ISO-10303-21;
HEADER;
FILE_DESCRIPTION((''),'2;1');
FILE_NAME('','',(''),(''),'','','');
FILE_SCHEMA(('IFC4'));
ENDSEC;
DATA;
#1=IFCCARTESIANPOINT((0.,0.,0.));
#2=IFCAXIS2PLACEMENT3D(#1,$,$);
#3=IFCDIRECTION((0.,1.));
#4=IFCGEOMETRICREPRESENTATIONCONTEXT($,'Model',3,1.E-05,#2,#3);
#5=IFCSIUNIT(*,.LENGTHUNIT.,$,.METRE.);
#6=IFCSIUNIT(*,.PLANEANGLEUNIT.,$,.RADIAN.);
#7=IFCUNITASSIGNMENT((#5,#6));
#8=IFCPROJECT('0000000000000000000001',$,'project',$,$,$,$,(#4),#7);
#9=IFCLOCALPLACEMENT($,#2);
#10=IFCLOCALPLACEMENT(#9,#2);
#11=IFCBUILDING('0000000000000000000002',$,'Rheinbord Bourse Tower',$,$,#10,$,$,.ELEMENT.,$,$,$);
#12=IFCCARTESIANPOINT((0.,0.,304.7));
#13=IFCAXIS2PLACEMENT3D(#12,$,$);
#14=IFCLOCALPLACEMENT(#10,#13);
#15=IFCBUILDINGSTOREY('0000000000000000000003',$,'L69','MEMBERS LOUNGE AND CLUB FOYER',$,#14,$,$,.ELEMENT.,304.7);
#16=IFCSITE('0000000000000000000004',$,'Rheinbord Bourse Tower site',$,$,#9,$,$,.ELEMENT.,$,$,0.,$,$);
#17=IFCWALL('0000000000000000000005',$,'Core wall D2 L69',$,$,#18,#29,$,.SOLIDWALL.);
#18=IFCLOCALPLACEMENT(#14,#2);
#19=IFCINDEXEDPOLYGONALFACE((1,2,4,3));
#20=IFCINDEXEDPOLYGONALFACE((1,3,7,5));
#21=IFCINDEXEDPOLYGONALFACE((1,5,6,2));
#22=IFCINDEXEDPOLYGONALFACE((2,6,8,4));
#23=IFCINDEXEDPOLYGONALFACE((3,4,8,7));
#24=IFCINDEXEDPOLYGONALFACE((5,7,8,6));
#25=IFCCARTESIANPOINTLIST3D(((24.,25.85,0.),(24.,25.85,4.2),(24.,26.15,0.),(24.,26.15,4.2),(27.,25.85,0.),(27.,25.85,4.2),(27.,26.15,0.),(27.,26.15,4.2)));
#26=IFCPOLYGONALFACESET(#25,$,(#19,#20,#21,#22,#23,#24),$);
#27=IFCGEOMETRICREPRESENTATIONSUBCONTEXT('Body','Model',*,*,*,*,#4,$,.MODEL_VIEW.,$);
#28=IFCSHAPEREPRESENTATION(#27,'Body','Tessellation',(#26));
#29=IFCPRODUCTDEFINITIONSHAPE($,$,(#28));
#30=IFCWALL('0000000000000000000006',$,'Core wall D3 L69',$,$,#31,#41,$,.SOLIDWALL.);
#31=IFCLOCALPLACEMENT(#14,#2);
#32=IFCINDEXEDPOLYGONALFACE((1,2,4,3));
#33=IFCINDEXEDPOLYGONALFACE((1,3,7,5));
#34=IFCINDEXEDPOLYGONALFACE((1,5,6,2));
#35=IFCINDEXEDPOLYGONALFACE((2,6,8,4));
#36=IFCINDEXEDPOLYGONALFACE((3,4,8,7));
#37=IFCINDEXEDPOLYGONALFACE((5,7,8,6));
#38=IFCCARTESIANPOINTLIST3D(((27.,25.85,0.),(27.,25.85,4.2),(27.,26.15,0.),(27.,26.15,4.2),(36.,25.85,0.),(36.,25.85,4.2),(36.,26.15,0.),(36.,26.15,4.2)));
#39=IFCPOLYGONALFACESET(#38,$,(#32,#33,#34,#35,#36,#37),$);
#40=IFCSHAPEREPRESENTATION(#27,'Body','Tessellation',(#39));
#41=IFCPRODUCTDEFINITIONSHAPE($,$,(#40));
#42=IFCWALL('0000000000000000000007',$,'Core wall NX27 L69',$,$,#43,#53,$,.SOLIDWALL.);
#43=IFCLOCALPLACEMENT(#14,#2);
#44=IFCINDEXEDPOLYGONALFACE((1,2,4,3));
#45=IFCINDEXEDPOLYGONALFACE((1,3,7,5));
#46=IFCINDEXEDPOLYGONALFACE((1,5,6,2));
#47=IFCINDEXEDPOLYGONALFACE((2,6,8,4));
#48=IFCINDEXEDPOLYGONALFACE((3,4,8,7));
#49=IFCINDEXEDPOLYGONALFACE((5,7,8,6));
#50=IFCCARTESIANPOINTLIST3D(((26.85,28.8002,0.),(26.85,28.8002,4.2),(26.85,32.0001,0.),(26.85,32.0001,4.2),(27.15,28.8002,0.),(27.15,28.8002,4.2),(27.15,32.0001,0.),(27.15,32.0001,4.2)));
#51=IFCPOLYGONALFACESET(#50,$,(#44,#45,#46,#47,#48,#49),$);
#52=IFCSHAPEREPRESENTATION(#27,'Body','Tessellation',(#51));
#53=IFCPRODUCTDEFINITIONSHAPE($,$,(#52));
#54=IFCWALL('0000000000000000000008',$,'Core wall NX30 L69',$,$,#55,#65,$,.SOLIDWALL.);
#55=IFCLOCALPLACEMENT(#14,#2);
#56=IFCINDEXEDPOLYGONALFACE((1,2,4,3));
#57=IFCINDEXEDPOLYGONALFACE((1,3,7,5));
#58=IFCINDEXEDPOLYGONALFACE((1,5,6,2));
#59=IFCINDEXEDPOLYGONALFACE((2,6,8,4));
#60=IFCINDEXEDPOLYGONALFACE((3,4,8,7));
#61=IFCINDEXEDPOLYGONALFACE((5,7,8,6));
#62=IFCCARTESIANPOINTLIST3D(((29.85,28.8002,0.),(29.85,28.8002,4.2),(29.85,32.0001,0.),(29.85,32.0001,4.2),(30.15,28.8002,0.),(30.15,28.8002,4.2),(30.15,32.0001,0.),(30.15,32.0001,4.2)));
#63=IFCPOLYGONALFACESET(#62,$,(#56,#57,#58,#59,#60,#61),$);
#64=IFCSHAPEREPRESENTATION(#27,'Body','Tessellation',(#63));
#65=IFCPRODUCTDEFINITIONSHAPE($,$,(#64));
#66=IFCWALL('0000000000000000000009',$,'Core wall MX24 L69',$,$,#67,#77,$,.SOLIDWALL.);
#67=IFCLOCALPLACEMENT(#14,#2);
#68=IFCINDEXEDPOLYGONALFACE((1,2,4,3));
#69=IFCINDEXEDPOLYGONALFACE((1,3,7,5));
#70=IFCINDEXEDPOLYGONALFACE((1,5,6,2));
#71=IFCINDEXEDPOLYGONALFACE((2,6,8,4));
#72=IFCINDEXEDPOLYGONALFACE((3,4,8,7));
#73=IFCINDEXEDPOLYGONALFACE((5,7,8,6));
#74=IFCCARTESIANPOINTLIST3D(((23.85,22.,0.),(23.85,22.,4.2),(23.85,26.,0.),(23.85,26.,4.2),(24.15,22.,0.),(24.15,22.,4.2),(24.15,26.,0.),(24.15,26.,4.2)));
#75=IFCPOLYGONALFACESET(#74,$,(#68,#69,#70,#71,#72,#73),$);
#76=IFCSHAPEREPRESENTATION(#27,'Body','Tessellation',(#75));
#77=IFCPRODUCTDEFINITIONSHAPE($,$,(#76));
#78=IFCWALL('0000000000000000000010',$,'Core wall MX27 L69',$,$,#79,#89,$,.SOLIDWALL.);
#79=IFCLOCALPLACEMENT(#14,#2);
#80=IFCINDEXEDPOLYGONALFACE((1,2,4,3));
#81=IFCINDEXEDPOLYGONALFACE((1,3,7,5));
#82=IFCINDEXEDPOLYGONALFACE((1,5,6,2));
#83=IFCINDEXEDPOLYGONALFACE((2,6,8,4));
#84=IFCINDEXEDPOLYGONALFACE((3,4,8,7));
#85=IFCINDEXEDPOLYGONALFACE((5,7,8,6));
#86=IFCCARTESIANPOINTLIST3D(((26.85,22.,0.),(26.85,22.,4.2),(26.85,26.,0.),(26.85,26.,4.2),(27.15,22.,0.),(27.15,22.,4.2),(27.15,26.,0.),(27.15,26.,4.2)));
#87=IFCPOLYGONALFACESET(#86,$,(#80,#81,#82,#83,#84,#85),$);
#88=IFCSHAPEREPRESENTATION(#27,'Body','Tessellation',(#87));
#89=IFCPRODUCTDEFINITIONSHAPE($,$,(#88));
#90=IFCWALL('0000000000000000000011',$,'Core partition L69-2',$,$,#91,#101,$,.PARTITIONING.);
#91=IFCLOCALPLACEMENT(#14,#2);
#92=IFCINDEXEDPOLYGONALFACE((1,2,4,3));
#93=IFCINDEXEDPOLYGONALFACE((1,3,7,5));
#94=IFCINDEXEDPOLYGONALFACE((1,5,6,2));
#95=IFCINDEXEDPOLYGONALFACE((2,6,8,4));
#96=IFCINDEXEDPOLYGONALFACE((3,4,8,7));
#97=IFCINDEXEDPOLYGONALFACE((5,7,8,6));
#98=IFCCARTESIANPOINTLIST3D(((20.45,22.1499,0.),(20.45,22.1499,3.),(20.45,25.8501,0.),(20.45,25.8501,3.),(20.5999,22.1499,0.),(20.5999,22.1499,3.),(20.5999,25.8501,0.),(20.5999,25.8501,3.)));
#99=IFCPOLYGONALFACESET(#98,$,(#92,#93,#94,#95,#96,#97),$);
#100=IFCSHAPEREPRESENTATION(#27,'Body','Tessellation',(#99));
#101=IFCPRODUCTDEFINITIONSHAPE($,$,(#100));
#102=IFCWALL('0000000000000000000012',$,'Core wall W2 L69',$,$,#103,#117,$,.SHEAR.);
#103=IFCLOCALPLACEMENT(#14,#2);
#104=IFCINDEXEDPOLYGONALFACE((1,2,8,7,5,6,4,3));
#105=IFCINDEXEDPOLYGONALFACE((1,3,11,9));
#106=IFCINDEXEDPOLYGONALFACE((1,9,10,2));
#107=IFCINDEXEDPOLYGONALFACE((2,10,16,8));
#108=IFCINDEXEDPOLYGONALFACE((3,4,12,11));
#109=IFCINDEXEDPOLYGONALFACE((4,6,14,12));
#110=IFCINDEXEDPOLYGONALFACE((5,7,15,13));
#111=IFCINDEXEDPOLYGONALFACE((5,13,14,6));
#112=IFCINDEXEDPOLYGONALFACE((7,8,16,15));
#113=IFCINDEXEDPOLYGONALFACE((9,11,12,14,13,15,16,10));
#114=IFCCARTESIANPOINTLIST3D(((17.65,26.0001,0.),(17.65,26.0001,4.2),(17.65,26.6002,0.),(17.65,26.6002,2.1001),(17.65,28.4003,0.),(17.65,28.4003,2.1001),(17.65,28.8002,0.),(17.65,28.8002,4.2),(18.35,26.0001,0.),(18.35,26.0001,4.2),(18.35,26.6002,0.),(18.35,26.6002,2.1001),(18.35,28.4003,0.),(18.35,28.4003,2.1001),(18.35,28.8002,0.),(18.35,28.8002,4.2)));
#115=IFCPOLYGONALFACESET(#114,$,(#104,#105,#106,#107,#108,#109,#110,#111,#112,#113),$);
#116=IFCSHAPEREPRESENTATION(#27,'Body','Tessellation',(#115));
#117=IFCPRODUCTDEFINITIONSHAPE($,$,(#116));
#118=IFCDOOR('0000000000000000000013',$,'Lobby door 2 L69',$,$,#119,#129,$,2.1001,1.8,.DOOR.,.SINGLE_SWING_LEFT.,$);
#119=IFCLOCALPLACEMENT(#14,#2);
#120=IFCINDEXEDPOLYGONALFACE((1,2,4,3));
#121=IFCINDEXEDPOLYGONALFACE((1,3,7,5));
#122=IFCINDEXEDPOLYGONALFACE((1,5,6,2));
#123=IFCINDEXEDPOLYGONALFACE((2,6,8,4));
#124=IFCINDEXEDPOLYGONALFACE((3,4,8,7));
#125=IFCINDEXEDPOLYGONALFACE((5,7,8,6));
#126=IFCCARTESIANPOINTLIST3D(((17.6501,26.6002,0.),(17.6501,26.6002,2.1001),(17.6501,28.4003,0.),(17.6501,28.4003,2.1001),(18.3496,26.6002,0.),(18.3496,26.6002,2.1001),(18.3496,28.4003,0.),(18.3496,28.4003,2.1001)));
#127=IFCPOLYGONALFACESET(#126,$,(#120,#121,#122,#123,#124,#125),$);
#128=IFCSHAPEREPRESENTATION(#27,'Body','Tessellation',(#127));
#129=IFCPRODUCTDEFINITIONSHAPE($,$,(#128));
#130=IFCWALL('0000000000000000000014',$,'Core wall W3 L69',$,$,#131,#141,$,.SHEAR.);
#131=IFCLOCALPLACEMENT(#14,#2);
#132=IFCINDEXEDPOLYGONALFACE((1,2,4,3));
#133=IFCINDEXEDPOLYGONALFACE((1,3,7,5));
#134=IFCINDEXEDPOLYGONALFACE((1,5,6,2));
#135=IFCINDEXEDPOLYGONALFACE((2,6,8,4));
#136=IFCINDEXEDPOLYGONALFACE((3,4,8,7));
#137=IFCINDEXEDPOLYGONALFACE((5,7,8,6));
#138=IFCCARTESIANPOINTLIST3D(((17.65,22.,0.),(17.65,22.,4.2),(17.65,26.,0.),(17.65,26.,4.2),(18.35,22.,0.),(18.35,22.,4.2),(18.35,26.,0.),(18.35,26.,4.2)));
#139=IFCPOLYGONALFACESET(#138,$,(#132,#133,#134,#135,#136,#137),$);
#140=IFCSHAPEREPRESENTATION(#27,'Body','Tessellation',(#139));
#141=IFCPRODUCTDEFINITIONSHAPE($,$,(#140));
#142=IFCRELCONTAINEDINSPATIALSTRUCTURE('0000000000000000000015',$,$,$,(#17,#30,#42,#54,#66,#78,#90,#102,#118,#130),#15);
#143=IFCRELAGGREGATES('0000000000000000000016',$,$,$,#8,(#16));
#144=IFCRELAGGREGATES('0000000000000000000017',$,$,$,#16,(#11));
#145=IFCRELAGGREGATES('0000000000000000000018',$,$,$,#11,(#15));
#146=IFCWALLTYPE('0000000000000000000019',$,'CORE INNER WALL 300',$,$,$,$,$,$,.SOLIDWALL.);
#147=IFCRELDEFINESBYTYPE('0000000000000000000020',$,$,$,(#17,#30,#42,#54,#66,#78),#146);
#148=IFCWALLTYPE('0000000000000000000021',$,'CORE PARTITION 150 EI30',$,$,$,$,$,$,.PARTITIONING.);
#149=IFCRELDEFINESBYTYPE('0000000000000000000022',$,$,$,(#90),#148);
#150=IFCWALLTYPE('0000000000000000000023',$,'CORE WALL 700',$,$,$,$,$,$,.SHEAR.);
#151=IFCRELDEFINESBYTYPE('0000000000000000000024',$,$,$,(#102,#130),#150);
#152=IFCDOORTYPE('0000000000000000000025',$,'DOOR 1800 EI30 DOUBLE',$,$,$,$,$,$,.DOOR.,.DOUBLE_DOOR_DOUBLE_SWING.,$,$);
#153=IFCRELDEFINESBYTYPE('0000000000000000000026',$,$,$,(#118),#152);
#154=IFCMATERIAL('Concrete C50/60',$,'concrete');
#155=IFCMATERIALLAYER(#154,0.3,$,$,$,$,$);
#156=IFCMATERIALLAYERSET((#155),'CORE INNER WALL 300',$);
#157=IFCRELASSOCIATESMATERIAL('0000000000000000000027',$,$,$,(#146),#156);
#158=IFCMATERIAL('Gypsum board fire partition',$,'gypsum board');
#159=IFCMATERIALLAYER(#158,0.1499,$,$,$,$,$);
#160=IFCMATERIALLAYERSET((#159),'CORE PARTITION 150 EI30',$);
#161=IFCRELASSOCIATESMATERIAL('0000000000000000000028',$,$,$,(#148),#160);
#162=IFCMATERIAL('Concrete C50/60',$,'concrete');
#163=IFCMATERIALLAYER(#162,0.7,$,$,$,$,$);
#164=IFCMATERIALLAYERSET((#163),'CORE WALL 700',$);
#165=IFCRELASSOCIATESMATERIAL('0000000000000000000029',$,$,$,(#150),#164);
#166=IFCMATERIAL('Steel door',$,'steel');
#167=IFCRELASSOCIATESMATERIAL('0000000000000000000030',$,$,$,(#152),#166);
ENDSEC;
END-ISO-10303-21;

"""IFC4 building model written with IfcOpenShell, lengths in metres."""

from ifc_helpers import new_model, si_unit, direction, frame, frame_2d, origin, place, context, subcontext, project, spatial, rectangle, extrude, material, layer, layer_set, type_object, element, fill, save


model = new_model("IFC4")

# Units and contexts
model_context = context("Model", 3, precision=1e-05, world=origin(), true_north=direction((0.0, 1.0)))
body_context = subcontext(model_context, "Body", "Model", "MODEL_VIEW")
ifc_project = project(units=[si_unit("LENGTHUNIT", "METRE"), si_unit("PLANEANGLEUNIT", "RADIAN")], contexts=[model_context])

# Site, building, storey
site_placement = place(None, origin())
site = spatial("IfcSite", under=ifc_project, at=site_placement, Name="Rheinbord Bourse Tower site", CompositionType="ELEMENT", RefElevation=0.0)
building_placement = place(site_placement, origin())
building = spatial("IfcBuilding", under=site, at=building_placement, Name="Rheinbord Bourse Tower", CompositionType="ELEMENT")
storey_placement = place(building_placement, frame((0.0, 0.0, 304.7)))
storey = spatial("IfcBuildingStorey", under=building, at=storey_placement, Name="L69", Description="MEMBERS LOUNGE AND CLUB FOYER", CompositionType="ELEMENT", Elevation=304.7)

# Shared definitions
ifc_material_1 = material(Name="Concrete C50/60", Category="concrete")
ifc_layer_1 = layer(ifc_material_1, 0.3)
ifc_layer_set_1 = layer_set([ifc_layer_1], Name="CORE INNER WALL 300")
wall_type_1 = type_object("IfcWallType", Name="CORE INNER WALL 300", PredefinedType="SOLIDWALL", material=ifc_layer_set_1)

# Walls
wall_1_placement = place(storey_placement, frame((24.0, 26.0, 0.0), z_axis=(0.0, 0.0, 1.0), x_axis=(1.0, 0.0, 0.0)))
element("IfcWall", 1, at=wall_1_placement, inside=storey, type_object=wall_type_1, Name="Core wall D2 L69", PredefinedType="SOLIDWALL", context=body_context, shape_type="SweptSolid", body=[
    extrude(rectangle(XDim=3.0, YDim=0.3, at=frame_2d((1.5, 0.0))), origin(), (0.0, 0.0, 1.0), 4.2),
])
wall_2_placement = place(storey_placement, frame((27.0, 26.0, 0.0), z_axis=(0.0, 0.0, 1.0), x_axis=(1.0, 0.0, 0.0)))
element("IfcWall", 2, at=wall_2_placement, inside=storey, type_object=wall_type_1, Name="Core wall D3 L69", PredefinedType="SOLIDWALL", context=body_context, shape_type="SweptSolid", body=[
    extrude(rectangle(XDim=9.0, YDim=0.3, at=frame_2d((4.5, 0.0))), origin(), (0.0, 0.0, 1.0), 4.2),
])
for number, where, z_axis, x_axis, name in (
    (3, (27.0, 28.8, 0.0), (0.0, 0.0, 1.0), (0.0, 1.0, 0.0), "Core wall NX27 L69"),
    (4, (30.0, 28.8, 0.0), (0.0, 0.0, 1.0), (0.0, 1.0, 0.0), "Core wall NX30 L69"),
):
    element("IfcWall", number, at=place(storey_placement, frame(where, z_axis=z_axis, x_axis=x_axis)), inside=storey, type_object=wall_type_1, Name=name, PredefinedType="SOLIDWALL", context=body_context, shape_type="SweptSolid", body=[
        extrude(rectangle(XDim=3.2, YDim=0.3, at=frame_2d((1.6001, 0.0))), origin(), (0.0, 0.0, 1.0), 4.2),
    ])
for number, where, z_axis, x_axis, name in (
    (5, (24.0, 22.0, 0.0), (0.0, 0.0, 1.0), (0.0, 1.0, 0.0), "Core wall MX24 L69"),
    (6, (27.0, 22.0, 0.0), (0.0, 0.0, 1.0), (0.0, 1.0, 0.0), "Core wall MX27 L69"),
):
    element("IfcWall", number, at=place(storey_placement, frame(where, z_axis=z_axis, x_axis=x_axis)), inside=storey, type_object=wall_type_1, Name=name, PredefinedType="SOLIDWALL", context=body_context, shape_type="SweptSolid", body=[
        extrude(rectangle(XDim=4.0, YDim=0.3, at=frame_2d((2.0, 0.0))), origin(), (0.0, 0.0, 1.0), 4.2),
    ])
ifc_material_2 = material(Name="Gypsum board fire partition", Category="gypsum board")
ifc_layer_2 = layer(ifc_material_2, 0.1499)
ifc_layer_set_2 = layer_set([ifc_layer_2], Name="CORE PARTITION 150 EI30")
wall_type_2 = type_object("IfcWallType", Name="CORE PARTITION 150 EI30", PredefinedType="PARTITIONING", material=ifc_layer_set_2)
wall_3_placement = place(storey_placement, frame((20.5249, 22.1499, 0.0), z_axis=(0.0, 0.0, 1.0), x_axis=(0.0, 1.0, 0.0)))
element("IfcWall", 7, at=wall_3_placement, inside=storey, type_object=wall_type_2, Name="Core partition L69-2", PredefinedType="PARTITIONING", context=body_context, shape_type="SweptSolid", body=[
    extrude(rectangle(XDim=3.7002, YDim=0.1499, at=frame_2d((1.8501, 0.0))), origin(), (0.0, 0.0, 1.0), 3.0),
])

# Wall, opening, door
ifc_material_3 = material(Name="Concrete C50/60", Category="concrete")
ifc_layer_3 = layer(ifc_material_3, 0.7)
ifc_layer_set_3 = layer_set([ifc_layer_3], Name="CORE WALL 700")
wall_type_3 = type_object("IfcWallType", Name="CORE WALL 700", PredefinedType="SHEAR", material=ifc_layer_set_3)
wall_4_placement = place(storey_placement, frame((18.0, 28.8, 0.0), z_axis=(0.0, 0.0, 1.0), x_axis=(0.0, -1.0, 0.0)))
wall_4 = element("IfcWall", 8, at=wall_4_placement, inside=storey, type_object=wall_type_3, Name="Core wall W2 L69", PredefinedType="SHEAR", context=body_context, shape_type="SweptSolid", body=[
    extrude(rectangle(XDim=2.8, YDim=0.7, at=frame_2d((1.3999, 0.0))), origin(), (0.0, 0.0, 1.0), 4.2),
])
opening_1_placement = place(wall_4_placement, frame((0.3999, 0.0, 0.0)))
opening_1 = element("IfcOpeningElement", 9, at=opening_1_placement, cuts=wall_4, PredefinedType="OPENING", context=body_context, shape_type="SweptSolid", body=[
    extrude(rectangle(XDim=1.8, YDim=2.1001, at=frame_2d((0.8999, 1.05))), frame((0.0, 0.3599, 0.0), z_axis=(0.0, -1.0, 0.0), x_axis=(1.0, 0.0, 0.0)), (0.0, 0.0, 1.0), 0.72),
])
ifc_material_4 = material(Name="Steel door", Category="steel")
door_type_1 = type_object("IfcDoorType", Name="DOOR 1800 EI30 DOUBLE", OperationType="DOUBLE_DOOR_DOUBLE_SWING", PredefinedType="DOOR", material=ifc_material_4)
door_1_placement = place(opening_1_placement, origin())
door_1 = element("IfcDoor", 10, at=door_1_placement, inside=storey, type_object=door_type_1, Name="Lobby door 2 L69", OperationType="SINGLE_SWING_LEFT", OverallHeight=2.1001, OverallWidth=1.8, PredefinedType="DOOR", context=body_context, shape_type="SweptSolid", body=[
    extrude(rectangle(XDim=1.8, YDim=2.1001, at=frame_2d((0.8999, 1.05))), frame((0.0, 0.3496, 0.0), z_axis=(0.0, -1.0, 0.0), x_axis=(1.0, 0.0, 0.0)), (0.0, 0.0, 1.0), 0.6995),
])
fill(opening_1, door_1)

# Wall
wall_5_placement = place(storey_placement, frame((18.0, 26.0, 0.0), z_axis=(0.0, 0.0, 1.0), x_axis=(0.0, -1.0, 0.0)))
element("IfcWall", 11, at=wall_5_placement, inside=storey, type_object=wall_type_3, Name="Core wall W3 L69", PredefinedType="SHEAR", context=body_context, shape_type="SweptSolid", body=[
    extrude(rectangle(XDim=4.0, YDim=0.7, at=frame_2d((2.0, 0.0))), origin(), (0.0, 0.0, 1.0), 4.2),
])

save(model, "model.ifc")
